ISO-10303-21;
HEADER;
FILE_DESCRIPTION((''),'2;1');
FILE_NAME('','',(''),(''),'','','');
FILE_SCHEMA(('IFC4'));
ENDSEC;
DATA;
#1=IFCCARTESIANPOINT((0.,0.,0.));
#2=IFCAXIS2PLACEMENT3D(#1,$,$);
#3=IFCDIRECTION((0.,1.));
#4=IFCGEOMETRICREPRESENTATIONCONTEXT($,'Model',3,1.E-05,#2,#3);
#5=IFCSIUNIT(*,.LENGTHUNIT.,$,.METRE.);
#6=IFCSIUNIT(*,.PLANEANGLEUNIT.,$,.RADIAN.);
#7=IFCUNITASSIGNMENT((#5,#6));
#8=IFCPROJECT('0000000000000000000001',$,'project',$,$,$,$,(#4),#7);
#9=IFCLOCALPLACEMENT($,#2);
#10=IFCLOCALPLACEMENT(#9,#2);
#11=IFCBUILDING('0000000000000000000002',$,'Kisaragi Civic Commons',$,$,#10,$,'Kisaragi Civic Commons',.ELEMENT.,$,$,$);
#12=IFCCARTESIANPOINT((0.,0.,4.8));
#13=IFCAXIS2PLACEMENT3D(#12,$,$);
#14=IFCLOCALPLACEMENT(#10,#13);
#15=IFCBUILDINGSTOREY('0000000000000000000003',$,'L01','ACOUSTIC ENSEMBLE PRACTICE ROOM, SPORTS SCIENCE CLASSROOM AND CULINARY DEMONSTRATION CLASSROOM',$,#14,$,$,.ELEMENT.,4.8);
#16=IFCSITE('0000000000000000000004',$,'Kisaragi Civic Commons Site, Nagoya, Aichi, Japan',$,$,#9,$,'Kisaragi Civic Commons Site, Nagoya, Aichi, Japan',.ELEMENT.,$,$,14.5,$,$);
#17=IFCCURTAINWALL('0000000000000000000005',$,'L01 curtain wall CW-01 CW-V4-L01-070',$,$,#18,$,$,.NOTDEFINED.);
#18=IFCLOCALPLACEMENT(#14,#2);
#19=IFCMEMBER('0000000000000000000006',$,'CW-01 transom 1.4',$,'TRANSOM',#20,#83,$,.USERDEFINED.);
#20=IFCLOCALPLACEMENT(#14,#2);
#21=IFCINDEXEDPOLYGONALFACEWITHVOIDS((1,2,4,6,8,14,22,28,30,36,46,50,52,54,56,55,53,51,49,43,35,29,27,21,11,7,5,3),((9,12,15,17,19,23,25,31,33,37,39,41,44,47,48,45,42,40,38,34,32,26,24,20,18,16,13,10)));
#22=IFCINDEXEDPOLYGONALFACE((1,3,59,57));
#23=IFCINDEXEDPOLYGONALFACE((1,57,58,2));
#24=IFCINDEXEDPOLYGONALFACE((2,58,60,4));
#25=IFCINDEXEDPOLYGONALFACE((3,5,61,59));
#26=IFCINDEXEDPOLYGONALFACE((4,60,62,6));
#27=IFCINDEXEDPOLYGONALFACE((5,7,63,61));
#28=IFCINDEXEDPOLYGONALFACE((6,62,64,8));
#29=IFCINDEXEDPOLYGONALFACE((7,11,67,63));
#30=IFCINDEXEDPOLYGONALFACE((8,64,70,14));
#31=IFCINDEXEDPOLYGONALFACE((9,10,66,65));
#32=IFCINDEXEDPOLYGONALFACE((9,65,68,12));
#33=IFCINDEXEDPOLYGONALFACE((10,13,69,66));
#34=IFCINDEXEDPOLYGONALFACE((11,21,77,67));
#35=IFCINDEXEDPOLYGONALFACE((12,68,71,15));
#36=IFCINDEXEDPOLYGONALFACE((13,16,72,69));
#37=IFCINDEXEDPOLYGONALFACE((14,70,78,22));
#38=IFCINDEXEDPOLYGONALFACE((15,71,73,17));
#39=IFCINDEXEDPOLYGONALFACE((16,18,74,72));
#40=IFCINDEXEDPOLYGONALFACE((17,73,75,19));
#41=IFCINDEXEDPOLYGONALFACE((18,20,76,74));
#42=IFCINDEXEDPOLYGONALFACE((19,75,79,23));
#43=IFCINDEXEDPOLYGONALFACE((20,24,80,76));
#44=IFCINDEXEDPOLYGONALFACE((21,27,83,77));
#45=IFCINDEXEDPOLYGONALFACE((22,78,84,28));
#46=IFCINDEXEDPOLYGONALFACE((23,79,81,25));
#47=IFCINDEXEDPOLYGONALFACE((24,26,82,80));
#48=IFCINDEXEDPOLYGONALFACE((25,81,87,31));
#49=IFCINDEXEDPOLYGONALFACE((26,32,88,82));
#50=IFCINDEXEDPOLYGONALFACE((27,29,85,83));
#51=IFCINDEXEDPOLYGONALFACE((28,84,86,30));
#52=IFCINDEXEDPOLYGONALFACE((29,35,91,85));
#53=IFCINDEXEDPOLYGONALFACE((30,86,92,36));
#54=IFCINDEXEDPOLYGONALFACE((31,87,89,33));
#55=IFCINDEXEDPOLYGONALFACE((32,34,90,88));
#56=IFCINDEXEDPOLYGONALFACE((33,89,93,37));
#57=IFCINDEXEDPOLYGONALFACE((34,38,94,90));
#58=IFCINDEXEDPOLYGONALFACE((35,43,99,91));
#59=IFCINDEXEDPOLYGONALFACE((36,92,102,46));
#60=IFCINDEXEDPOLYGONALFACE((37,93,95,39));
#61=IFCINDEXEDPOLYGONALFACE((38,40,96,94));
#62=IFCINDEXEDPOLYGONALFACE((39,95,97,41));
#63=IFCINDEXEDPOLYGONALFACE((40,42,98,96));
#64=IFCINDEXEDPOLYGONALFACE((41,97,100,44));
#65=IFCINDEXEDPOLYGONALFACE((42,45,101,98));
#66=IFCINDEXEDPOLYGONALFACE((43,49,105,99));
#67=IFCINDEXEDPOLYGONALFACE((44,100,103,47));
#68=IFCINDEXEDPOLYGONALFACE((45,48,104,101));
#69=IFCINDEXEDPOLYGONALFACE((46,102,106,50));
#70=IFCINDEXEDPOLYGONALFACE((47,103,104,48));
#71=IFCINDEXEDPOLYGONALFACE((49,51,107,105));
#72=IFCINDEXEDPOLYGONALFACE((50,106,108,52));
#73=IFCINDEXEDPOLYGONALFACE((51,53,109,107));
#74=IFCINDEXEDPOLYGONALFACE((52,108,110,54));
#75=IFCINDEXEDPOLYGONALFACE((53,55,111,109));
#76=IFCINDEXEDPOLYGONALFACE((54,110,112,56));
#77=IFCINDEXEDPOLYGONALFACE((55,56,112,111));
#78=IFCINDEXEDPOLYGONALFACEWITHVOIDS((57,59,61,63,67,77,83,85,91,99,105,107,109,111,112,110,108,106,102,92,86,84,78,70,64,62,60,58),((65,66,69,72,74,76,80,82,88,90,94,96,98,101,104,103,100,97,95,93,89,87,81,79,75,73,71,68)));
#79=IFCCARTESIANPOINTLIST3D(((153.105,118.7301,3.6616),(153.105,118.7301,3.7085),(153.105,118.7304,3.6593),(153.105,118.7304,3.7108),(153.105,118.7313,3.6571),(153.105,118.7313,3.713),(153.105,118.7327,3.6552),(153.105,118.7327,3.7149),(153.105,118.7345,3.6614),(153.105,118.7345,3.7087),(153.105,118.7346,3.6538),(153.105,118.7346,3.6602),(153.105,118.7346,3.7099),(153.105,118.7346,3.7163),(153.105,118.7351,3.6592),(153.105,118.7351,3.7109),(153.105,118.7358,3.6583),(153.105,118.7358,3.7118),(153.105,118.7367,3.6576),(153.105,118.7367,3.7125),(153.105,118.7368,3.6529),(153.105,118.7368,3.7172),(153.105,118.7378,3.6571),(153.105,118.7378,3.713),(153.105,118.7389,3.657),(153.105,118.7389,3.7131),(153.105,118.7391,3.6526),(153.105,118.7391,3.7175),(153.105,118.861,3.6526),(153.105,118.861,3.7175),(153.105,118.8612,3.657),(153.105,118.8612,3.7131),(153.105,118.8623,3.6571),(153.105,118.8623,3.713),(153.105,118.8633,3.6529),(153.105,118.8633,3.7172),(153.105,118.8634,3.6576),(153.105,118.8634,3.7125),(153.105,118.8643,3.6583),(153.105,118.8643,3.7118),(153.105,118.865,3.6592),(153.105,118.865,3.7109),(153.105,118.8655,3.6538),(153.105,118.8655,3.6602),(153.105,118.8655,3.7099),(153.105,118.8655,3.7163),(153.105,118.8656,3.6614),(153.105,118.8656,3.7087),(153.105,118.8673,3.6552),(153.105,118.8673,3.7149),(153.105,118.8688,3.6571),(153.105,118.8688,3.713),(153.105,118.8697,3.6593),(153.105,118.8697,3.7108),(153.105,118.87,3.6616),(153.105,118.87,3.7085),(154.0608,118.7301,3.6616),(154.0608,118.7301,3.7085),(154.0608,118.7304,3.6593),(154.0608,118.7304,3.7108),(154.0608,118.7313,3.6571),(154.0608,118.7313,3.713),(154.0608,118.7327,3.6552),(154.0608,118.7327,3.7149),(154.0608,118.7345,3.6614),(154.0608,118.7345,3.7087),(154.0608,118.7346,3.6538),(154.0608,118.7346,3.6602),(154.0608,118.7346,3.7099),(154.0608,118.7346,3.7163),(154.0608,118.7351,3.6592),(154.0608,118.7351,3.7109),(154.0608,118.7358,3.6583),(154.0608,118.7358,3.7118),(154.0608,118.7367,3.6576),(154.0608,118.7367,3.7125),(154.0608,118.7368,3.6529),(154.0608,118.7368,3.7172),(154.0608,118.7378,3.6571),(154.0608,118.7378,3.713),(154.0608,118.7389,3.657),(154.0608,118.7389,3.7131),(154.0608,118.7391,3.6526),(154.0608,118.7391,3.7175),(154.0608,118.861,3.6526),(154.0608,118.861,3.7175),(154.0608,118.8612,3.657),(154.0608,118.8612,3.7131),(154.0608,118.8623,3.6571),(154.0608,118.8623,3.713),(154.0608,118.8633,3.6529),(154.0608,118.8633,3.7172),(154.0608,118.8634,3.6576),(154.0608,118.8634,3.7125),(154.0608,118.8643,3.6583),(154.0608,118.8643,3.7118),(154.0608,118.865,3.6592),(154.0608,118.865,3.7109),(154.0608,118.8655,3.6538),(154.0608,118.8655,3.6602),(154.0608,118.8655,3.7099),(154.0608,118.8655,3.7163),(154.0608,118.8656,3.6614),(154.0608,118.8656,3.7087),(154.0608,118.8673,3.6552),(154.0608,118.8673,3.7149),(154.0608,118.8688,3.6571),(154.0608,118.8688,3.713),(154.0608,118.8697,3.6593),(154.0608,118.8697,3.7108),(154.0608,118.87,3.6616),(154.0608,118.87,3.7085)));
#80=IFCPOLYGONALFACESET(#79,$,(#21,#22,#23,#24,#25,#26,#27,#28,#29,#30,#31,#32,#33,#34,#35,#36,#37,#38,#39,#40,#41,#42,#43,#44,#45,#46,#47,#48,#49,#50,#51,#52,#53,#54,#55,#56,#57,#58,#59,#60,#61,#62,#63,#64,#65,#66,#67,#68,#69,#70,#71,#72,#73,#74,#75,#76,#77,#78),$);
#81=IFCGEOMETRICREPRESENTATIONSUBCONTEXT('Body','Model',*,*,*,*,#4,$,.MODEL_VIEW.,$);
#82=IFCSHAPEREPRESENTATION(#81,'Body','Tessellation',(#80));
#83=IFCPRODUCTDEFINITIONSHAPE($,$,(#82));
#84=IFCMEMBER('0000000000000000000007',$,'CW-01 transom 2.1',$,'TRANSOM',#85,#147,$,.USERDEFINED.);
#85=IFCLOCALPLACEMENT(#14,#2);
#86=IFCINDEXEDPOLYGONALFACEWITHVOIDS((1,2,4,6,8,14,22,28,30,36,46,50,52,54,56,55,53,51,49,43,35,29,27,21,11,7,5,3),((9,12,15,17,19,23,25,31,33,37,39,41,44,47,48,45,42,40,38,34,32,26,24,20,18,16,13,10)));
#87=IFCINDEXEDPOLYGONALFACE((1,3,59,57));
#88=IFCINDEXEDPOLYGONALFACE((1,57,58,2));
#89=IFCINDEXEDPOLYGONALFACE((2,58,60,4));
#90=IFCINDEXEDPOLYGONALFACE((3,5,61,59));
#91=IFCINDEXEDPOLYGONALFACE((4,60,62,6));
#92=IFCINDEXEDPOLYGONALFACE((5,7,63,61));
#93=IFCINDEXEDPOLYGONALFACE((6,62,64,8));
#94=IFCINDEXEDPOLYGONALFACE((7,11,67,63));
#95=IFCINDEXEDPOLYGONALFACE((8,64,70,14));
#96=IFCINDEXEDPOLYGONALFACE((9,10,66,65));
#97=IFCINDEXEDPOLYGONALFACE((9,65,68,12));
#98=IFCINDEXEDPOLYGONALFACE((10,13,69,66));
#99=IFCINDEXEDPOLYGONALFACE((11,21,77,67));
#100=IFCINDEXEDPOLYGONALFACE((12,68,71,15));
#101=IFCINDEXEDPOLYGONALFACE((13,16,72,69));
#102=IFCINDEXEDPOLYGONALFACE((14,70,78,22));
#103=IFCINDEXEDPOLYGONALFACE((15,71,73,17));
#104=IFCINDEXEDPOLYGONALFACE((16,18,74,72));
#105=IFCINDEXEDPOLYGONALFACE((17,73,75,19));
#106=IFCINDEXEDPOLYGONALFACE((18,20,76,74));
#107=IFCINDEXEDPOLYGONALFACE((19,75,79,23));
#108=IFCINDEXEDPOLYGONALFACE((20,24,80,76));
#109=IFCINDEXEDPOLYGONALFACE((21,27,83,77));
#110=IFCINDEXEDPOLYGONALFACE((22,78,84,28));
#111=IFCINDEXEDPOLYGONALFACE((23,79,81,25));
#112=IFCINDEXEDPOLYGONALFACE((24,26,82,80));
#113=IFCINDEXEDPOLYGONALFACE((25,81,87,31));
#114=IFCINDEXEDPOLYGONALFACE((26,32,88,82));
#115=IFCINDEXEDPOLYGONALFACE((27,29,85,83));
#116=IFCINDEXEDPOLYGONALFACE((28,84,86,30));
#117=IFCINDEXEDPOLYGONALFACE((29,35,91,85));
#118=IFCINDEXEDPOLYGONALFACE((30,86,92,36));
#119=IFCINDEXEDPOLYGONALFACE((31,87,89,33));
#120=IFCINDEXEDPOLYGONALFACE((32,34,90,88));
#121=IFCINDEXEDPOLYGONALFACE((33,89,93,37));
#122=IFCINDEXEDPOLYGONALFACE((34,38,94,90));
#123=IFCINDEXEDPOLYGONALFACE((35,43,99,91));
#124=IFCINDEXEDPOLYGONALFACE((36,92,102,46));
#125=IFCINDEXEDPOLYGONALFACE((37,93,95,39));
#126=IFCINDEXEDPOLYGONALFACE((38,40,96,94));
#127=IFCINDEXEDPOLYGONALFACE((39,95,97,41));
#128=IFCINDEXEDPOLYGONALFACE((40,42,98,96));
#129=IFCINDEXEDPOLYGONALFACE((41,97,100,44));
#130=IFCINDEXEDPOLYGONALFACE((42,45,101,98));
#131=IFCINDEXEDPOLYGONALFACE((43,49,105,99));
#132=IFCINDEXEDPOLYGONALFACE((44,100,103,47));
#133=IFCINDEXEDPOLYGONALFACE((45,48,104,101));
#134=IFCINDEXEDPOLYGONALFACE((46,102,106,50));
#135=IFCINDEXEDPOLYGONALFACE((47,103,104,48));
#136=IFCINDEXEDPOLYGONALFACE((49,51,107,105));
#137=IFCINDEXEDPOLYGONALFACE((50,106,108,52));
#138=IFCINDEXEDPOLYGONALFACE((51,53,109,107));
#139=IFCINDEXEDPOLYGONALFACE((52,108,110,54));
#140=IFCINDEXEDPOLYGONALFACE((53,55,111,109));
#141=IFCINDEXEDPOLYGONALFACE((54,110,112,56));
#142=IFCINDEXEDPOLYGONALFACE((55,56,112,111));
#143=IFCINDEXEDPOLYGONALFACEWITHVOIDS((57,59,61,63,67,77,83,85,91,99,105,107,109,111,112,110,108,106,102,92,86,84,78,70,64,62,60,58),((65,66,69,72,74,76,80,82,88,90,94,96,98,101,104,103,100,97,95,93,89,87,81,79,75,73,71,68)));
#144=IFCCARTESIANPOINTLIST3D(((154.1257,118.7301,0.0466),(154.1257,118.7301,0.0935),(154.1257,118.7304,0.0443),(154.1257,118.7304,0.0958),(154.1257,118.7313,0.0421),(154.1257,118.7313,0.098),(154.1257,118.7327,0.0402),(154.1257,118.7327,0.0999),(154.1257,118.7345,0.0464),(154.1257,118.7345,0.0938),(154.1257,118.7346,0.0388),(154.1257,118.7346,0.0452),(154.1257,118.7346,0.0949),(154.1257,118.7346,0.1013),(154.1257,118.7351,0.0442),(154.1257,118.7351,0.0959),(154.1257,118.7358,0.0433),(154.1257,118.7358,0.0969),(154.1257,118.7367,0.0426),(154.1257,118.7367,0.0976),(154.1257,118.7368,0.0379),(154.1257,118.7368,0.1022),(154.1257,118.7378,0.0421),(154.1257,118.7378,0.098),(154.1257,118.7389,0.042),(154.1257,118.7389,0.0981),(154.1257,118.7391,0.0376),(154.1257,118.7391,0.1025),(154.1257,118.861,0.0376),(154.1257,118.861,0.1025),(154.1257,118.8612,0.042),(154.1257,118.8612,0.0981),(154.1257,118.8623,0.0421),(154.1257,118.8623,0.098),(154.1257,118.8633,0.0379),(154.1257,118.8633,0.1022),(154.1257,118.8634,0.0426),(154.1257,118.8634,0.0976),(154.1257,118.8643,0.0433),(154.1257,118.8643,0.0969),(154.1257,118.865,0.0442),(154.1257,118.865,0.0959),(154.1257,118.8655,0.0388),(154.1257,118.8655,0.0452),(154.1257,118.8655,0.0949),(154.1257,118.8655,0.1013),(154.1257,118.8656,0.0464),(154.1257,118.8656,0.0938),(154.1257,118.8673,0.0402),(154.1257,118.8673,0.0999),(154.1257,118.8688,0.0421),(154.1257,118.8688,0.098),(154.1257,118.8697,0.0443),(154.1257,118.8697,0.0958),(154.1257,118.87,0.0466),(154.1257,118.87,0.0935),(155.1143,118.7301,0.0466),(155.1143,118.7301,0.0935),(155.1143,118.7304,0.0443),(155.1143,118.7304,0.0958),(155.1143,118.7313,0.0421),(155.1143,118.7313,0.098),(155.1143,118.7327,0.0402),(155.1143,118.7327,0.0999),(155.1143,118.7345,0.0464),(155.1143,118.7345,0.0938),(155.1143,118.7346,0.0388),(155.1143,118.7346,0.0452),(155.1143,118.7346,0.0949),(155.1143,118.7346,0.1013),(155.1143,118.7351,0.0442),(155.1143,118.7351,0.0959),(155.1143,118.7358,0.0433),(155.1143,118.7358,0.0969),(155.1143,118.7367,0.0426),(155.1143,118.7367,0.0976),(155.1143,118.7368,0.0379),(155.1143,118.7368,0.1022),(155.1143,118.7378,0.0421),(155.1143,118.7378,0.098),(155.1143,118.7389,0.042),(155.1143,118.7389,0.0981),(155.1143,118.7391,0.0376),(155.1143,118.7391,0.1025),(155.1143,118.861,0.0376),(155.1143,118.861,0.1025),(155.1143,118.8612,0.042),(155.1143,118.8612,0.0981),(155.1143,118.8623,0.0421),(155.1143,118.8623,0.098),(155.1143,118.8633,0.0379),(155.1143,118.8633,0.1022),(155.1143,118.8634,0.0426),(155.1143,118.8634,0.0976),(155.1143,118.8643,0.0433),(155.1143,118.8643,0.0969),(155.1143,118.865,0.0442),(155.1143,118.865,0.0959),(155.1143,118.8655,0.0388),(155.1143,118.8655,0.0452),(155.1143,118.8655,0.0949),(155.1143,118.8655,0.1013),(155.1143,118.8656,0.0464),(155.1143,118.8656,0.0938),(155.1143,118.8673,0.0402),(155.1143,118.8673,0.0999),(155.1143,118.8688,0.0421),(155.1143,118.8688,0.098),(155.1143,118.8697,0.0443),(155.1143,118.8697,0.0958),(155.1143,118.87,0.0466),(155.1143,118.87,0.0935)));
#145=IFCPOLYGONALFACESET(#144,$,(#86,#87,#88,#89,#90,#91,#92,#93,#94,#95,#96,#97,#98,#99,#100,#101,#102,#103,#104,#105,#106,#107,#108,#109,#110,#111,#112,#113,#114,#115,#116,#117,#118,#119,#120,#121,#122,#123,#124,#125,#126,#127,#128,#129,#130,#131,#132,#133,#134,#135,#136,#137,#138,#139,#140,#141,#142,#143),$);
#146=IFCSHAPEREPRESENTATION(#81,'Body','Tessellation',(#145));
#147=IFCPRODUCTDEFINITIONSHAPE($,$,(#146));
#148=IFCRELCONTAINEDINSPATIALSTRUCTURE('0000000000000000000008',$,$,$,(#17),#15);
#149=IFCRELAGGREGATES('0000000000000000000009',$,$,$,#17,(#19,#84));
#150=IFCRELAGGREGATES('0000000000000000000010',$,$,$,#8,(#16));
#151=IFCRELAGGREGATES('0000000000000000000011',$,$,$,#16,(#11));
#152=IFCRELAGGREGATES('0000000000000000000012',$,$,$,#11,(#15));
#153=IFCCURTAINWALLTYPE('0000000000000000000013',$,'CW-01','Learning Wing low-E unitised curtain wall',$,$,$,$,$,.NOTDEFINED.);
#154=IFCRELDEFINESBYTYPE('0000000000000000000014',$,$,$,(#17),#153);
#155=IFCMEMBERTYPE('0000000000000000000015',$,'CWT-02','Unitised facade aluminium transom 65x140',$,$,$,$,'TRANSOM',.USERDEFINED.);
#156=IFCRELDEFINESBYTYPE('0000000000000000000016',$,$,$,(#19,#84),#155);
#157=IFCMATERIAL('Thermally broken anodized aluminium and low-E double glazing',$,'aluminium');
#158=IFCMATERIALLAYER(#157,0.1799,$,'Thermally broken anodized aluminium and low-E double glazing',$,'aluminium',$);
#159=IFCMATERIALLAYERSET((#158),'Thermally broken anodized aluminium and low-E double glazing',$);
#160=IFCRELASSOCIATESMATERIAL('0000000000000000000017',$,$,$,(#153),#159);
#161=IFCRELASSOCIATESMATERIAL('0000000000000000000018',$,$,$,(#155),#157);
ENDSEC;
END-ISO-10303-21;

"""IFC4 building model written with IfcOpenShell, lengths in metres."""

from ifc_helpers import new_model, si_unit, direction, frame, origin, origin_2d, place, context, subcontext, project, spatial, hollow_rectangle, extrude, material, layer, layer_set, material_profile, profile_set, type_object, element, aggregate, save


model = new_model("IFC4")

# Units and contexts
model_context = context("Model", 3, precision=1e-05, world=origin(), true_north=direction((0.0, 1.0)))
body_context = subcontext(model_context, "Body", "Model", "MODEL_VIEW")
ifc_project = project(units=[si_unit("LENGTHUNIT", "METRE"), si_unit("PLANEANGLEUNIT", "RADIAN")], contexts=[model_context])

# Site, building, storey
site_placement = place(None, origin())
site = spatial("IfcSite", under=ifc_project, at=site_placement, Name="Kisaragi Civic Commons Site, Nagoya, Aichi, Japan", LongName="Kisaragi Civic Commons Site, Nagoya, Aichi, Japan", CompositionType="ELEMENT", RefElevation=14.5)
building_placement = place(site_placement, origin())
building = spatial("IfcBuilding", under=site, at=building_placement, Name="Kisaragi Civic Commons", LongName="Kisaragi Civic Commons", CompositionType="ELEMENT")
storey_placement = place(building_placement, frame((0.0, 0.0, 4.8)))
storey = spatial("IfcBuildingStorey", under=building, at=storey_placement, Name="L01", Description="ACOUSTIC ENSEMBLE PRACTICE ROOM, SPORTS SCIENCE CLASSROOM AND CULINARY DEMONSTRATION CLASSROOM", CompositionType="ELEMENT", Elevation=4.8)

# Shared definitions
ifc_material_1 = material(Name="Thermally broken anodized aluminium and low-E double glazing", Category="aluminium")
ifc_layer_1 = layer(ifc_material_1, 0.1799, Name="Thermally broken anodized aluminium and low-E double glazing", Category="aluminium")
ifc_layer_set_1 = layer_set([ifc_layer_1], Name="Thermally broken anodized aluminium and low-E double glazing")
curtain_wall_type = type_object("IfcCurtainWallType", Name="CW-01", Description="Learning Wing low-E unitised curtain wall", PredefinedType="NOTDEFINED", material=ifc_layer_set_1)

# Curtain wall
curtain_wall_1_placement = place(storey_placement, origin())
curtain_wall_1 = element("IfcCurtainWall", 1, at=curtain_wall_1_placement, inside=storey, type_object=curtain_wall_type, Name="L01 curtain wall CW-01 CW-V4-L01-070", PredefinedType="NOTDEFINED")

# Members
ifc_material_profile_1 = material_profile(ifc_material_1, hollow_rectangle(XDim=0.1399, YDim=0.0649, WallThickness=0.0044, InnerFilletRadius=0.0044, OuterFilletRadius=0.009, at=origin_2d()), Name="CWT-65x140x4.5", Category="aluminium")
ifc_profile_set_1 = profile_set([ifc_material_profile_1], Name="Thermally broken anodized aluminium and low-E double glazing")
member_type_1 = type_object("IfcMemberType", Name="CWT-02", Description="Unitised facade aluminium transom 65x140", ElementType="TRANSOM", PredefinedType="USERDEFINED", material=ifc_profile_set_1)
member_1_placement = place(storey_placement, frame((153.105, 118.8, 3.6851), z_axis=(1.0, 0.0, 0.0), x_axis=(0.0, 1.0, 0.0)))
member_1 = element("IfcMember", 2, at=member_1_placement, type_object=member_type_1, Name="CW-01 transom 1.4", ObjectType="TRANSOM", PredefinedType="USERDEFINED", context=body_context, shape_type="SweptSolid", body=[
    extrude(hollow_rectangle(XDim=0.1399, YDim=0.0649, WallThickness=0.0044, InnerFilletRadius=0.0044, OuterFilletRadius=0.009, at=origin_2d()), origin(), (0.0, 0.0, 1.0), 0.9558),
])
member_2_placement = place(storey_placement, frame((154.1257, 118.8, 0.0701), z_axis=(1.0, 0.0, 0.0), x_axis=(0.0, 1.0, 0.0)))
member_2 = element("IfcMember", 3, at=member_2_placement, type_object=member_type_1, Name="CW-01 transom 2.1", ObjectType="TRANSOM", PredefinedType="USERDEFINED", context=body_context, shape_type="SweptSolid", body=[
    extrude(hollow_rectangle(XDim=0.1399, YDim=0.0649, WallThickness=0.0044, InnerFilletRadius=0.0044, OuterFilletRadius=0.009, at=origin_2d()), origin(), (0.0, 0.0, 1.0), 0.9885),
])

aggregate(curtain_wall_1, [member_1, member_2])

save(model, "model.ifc")
